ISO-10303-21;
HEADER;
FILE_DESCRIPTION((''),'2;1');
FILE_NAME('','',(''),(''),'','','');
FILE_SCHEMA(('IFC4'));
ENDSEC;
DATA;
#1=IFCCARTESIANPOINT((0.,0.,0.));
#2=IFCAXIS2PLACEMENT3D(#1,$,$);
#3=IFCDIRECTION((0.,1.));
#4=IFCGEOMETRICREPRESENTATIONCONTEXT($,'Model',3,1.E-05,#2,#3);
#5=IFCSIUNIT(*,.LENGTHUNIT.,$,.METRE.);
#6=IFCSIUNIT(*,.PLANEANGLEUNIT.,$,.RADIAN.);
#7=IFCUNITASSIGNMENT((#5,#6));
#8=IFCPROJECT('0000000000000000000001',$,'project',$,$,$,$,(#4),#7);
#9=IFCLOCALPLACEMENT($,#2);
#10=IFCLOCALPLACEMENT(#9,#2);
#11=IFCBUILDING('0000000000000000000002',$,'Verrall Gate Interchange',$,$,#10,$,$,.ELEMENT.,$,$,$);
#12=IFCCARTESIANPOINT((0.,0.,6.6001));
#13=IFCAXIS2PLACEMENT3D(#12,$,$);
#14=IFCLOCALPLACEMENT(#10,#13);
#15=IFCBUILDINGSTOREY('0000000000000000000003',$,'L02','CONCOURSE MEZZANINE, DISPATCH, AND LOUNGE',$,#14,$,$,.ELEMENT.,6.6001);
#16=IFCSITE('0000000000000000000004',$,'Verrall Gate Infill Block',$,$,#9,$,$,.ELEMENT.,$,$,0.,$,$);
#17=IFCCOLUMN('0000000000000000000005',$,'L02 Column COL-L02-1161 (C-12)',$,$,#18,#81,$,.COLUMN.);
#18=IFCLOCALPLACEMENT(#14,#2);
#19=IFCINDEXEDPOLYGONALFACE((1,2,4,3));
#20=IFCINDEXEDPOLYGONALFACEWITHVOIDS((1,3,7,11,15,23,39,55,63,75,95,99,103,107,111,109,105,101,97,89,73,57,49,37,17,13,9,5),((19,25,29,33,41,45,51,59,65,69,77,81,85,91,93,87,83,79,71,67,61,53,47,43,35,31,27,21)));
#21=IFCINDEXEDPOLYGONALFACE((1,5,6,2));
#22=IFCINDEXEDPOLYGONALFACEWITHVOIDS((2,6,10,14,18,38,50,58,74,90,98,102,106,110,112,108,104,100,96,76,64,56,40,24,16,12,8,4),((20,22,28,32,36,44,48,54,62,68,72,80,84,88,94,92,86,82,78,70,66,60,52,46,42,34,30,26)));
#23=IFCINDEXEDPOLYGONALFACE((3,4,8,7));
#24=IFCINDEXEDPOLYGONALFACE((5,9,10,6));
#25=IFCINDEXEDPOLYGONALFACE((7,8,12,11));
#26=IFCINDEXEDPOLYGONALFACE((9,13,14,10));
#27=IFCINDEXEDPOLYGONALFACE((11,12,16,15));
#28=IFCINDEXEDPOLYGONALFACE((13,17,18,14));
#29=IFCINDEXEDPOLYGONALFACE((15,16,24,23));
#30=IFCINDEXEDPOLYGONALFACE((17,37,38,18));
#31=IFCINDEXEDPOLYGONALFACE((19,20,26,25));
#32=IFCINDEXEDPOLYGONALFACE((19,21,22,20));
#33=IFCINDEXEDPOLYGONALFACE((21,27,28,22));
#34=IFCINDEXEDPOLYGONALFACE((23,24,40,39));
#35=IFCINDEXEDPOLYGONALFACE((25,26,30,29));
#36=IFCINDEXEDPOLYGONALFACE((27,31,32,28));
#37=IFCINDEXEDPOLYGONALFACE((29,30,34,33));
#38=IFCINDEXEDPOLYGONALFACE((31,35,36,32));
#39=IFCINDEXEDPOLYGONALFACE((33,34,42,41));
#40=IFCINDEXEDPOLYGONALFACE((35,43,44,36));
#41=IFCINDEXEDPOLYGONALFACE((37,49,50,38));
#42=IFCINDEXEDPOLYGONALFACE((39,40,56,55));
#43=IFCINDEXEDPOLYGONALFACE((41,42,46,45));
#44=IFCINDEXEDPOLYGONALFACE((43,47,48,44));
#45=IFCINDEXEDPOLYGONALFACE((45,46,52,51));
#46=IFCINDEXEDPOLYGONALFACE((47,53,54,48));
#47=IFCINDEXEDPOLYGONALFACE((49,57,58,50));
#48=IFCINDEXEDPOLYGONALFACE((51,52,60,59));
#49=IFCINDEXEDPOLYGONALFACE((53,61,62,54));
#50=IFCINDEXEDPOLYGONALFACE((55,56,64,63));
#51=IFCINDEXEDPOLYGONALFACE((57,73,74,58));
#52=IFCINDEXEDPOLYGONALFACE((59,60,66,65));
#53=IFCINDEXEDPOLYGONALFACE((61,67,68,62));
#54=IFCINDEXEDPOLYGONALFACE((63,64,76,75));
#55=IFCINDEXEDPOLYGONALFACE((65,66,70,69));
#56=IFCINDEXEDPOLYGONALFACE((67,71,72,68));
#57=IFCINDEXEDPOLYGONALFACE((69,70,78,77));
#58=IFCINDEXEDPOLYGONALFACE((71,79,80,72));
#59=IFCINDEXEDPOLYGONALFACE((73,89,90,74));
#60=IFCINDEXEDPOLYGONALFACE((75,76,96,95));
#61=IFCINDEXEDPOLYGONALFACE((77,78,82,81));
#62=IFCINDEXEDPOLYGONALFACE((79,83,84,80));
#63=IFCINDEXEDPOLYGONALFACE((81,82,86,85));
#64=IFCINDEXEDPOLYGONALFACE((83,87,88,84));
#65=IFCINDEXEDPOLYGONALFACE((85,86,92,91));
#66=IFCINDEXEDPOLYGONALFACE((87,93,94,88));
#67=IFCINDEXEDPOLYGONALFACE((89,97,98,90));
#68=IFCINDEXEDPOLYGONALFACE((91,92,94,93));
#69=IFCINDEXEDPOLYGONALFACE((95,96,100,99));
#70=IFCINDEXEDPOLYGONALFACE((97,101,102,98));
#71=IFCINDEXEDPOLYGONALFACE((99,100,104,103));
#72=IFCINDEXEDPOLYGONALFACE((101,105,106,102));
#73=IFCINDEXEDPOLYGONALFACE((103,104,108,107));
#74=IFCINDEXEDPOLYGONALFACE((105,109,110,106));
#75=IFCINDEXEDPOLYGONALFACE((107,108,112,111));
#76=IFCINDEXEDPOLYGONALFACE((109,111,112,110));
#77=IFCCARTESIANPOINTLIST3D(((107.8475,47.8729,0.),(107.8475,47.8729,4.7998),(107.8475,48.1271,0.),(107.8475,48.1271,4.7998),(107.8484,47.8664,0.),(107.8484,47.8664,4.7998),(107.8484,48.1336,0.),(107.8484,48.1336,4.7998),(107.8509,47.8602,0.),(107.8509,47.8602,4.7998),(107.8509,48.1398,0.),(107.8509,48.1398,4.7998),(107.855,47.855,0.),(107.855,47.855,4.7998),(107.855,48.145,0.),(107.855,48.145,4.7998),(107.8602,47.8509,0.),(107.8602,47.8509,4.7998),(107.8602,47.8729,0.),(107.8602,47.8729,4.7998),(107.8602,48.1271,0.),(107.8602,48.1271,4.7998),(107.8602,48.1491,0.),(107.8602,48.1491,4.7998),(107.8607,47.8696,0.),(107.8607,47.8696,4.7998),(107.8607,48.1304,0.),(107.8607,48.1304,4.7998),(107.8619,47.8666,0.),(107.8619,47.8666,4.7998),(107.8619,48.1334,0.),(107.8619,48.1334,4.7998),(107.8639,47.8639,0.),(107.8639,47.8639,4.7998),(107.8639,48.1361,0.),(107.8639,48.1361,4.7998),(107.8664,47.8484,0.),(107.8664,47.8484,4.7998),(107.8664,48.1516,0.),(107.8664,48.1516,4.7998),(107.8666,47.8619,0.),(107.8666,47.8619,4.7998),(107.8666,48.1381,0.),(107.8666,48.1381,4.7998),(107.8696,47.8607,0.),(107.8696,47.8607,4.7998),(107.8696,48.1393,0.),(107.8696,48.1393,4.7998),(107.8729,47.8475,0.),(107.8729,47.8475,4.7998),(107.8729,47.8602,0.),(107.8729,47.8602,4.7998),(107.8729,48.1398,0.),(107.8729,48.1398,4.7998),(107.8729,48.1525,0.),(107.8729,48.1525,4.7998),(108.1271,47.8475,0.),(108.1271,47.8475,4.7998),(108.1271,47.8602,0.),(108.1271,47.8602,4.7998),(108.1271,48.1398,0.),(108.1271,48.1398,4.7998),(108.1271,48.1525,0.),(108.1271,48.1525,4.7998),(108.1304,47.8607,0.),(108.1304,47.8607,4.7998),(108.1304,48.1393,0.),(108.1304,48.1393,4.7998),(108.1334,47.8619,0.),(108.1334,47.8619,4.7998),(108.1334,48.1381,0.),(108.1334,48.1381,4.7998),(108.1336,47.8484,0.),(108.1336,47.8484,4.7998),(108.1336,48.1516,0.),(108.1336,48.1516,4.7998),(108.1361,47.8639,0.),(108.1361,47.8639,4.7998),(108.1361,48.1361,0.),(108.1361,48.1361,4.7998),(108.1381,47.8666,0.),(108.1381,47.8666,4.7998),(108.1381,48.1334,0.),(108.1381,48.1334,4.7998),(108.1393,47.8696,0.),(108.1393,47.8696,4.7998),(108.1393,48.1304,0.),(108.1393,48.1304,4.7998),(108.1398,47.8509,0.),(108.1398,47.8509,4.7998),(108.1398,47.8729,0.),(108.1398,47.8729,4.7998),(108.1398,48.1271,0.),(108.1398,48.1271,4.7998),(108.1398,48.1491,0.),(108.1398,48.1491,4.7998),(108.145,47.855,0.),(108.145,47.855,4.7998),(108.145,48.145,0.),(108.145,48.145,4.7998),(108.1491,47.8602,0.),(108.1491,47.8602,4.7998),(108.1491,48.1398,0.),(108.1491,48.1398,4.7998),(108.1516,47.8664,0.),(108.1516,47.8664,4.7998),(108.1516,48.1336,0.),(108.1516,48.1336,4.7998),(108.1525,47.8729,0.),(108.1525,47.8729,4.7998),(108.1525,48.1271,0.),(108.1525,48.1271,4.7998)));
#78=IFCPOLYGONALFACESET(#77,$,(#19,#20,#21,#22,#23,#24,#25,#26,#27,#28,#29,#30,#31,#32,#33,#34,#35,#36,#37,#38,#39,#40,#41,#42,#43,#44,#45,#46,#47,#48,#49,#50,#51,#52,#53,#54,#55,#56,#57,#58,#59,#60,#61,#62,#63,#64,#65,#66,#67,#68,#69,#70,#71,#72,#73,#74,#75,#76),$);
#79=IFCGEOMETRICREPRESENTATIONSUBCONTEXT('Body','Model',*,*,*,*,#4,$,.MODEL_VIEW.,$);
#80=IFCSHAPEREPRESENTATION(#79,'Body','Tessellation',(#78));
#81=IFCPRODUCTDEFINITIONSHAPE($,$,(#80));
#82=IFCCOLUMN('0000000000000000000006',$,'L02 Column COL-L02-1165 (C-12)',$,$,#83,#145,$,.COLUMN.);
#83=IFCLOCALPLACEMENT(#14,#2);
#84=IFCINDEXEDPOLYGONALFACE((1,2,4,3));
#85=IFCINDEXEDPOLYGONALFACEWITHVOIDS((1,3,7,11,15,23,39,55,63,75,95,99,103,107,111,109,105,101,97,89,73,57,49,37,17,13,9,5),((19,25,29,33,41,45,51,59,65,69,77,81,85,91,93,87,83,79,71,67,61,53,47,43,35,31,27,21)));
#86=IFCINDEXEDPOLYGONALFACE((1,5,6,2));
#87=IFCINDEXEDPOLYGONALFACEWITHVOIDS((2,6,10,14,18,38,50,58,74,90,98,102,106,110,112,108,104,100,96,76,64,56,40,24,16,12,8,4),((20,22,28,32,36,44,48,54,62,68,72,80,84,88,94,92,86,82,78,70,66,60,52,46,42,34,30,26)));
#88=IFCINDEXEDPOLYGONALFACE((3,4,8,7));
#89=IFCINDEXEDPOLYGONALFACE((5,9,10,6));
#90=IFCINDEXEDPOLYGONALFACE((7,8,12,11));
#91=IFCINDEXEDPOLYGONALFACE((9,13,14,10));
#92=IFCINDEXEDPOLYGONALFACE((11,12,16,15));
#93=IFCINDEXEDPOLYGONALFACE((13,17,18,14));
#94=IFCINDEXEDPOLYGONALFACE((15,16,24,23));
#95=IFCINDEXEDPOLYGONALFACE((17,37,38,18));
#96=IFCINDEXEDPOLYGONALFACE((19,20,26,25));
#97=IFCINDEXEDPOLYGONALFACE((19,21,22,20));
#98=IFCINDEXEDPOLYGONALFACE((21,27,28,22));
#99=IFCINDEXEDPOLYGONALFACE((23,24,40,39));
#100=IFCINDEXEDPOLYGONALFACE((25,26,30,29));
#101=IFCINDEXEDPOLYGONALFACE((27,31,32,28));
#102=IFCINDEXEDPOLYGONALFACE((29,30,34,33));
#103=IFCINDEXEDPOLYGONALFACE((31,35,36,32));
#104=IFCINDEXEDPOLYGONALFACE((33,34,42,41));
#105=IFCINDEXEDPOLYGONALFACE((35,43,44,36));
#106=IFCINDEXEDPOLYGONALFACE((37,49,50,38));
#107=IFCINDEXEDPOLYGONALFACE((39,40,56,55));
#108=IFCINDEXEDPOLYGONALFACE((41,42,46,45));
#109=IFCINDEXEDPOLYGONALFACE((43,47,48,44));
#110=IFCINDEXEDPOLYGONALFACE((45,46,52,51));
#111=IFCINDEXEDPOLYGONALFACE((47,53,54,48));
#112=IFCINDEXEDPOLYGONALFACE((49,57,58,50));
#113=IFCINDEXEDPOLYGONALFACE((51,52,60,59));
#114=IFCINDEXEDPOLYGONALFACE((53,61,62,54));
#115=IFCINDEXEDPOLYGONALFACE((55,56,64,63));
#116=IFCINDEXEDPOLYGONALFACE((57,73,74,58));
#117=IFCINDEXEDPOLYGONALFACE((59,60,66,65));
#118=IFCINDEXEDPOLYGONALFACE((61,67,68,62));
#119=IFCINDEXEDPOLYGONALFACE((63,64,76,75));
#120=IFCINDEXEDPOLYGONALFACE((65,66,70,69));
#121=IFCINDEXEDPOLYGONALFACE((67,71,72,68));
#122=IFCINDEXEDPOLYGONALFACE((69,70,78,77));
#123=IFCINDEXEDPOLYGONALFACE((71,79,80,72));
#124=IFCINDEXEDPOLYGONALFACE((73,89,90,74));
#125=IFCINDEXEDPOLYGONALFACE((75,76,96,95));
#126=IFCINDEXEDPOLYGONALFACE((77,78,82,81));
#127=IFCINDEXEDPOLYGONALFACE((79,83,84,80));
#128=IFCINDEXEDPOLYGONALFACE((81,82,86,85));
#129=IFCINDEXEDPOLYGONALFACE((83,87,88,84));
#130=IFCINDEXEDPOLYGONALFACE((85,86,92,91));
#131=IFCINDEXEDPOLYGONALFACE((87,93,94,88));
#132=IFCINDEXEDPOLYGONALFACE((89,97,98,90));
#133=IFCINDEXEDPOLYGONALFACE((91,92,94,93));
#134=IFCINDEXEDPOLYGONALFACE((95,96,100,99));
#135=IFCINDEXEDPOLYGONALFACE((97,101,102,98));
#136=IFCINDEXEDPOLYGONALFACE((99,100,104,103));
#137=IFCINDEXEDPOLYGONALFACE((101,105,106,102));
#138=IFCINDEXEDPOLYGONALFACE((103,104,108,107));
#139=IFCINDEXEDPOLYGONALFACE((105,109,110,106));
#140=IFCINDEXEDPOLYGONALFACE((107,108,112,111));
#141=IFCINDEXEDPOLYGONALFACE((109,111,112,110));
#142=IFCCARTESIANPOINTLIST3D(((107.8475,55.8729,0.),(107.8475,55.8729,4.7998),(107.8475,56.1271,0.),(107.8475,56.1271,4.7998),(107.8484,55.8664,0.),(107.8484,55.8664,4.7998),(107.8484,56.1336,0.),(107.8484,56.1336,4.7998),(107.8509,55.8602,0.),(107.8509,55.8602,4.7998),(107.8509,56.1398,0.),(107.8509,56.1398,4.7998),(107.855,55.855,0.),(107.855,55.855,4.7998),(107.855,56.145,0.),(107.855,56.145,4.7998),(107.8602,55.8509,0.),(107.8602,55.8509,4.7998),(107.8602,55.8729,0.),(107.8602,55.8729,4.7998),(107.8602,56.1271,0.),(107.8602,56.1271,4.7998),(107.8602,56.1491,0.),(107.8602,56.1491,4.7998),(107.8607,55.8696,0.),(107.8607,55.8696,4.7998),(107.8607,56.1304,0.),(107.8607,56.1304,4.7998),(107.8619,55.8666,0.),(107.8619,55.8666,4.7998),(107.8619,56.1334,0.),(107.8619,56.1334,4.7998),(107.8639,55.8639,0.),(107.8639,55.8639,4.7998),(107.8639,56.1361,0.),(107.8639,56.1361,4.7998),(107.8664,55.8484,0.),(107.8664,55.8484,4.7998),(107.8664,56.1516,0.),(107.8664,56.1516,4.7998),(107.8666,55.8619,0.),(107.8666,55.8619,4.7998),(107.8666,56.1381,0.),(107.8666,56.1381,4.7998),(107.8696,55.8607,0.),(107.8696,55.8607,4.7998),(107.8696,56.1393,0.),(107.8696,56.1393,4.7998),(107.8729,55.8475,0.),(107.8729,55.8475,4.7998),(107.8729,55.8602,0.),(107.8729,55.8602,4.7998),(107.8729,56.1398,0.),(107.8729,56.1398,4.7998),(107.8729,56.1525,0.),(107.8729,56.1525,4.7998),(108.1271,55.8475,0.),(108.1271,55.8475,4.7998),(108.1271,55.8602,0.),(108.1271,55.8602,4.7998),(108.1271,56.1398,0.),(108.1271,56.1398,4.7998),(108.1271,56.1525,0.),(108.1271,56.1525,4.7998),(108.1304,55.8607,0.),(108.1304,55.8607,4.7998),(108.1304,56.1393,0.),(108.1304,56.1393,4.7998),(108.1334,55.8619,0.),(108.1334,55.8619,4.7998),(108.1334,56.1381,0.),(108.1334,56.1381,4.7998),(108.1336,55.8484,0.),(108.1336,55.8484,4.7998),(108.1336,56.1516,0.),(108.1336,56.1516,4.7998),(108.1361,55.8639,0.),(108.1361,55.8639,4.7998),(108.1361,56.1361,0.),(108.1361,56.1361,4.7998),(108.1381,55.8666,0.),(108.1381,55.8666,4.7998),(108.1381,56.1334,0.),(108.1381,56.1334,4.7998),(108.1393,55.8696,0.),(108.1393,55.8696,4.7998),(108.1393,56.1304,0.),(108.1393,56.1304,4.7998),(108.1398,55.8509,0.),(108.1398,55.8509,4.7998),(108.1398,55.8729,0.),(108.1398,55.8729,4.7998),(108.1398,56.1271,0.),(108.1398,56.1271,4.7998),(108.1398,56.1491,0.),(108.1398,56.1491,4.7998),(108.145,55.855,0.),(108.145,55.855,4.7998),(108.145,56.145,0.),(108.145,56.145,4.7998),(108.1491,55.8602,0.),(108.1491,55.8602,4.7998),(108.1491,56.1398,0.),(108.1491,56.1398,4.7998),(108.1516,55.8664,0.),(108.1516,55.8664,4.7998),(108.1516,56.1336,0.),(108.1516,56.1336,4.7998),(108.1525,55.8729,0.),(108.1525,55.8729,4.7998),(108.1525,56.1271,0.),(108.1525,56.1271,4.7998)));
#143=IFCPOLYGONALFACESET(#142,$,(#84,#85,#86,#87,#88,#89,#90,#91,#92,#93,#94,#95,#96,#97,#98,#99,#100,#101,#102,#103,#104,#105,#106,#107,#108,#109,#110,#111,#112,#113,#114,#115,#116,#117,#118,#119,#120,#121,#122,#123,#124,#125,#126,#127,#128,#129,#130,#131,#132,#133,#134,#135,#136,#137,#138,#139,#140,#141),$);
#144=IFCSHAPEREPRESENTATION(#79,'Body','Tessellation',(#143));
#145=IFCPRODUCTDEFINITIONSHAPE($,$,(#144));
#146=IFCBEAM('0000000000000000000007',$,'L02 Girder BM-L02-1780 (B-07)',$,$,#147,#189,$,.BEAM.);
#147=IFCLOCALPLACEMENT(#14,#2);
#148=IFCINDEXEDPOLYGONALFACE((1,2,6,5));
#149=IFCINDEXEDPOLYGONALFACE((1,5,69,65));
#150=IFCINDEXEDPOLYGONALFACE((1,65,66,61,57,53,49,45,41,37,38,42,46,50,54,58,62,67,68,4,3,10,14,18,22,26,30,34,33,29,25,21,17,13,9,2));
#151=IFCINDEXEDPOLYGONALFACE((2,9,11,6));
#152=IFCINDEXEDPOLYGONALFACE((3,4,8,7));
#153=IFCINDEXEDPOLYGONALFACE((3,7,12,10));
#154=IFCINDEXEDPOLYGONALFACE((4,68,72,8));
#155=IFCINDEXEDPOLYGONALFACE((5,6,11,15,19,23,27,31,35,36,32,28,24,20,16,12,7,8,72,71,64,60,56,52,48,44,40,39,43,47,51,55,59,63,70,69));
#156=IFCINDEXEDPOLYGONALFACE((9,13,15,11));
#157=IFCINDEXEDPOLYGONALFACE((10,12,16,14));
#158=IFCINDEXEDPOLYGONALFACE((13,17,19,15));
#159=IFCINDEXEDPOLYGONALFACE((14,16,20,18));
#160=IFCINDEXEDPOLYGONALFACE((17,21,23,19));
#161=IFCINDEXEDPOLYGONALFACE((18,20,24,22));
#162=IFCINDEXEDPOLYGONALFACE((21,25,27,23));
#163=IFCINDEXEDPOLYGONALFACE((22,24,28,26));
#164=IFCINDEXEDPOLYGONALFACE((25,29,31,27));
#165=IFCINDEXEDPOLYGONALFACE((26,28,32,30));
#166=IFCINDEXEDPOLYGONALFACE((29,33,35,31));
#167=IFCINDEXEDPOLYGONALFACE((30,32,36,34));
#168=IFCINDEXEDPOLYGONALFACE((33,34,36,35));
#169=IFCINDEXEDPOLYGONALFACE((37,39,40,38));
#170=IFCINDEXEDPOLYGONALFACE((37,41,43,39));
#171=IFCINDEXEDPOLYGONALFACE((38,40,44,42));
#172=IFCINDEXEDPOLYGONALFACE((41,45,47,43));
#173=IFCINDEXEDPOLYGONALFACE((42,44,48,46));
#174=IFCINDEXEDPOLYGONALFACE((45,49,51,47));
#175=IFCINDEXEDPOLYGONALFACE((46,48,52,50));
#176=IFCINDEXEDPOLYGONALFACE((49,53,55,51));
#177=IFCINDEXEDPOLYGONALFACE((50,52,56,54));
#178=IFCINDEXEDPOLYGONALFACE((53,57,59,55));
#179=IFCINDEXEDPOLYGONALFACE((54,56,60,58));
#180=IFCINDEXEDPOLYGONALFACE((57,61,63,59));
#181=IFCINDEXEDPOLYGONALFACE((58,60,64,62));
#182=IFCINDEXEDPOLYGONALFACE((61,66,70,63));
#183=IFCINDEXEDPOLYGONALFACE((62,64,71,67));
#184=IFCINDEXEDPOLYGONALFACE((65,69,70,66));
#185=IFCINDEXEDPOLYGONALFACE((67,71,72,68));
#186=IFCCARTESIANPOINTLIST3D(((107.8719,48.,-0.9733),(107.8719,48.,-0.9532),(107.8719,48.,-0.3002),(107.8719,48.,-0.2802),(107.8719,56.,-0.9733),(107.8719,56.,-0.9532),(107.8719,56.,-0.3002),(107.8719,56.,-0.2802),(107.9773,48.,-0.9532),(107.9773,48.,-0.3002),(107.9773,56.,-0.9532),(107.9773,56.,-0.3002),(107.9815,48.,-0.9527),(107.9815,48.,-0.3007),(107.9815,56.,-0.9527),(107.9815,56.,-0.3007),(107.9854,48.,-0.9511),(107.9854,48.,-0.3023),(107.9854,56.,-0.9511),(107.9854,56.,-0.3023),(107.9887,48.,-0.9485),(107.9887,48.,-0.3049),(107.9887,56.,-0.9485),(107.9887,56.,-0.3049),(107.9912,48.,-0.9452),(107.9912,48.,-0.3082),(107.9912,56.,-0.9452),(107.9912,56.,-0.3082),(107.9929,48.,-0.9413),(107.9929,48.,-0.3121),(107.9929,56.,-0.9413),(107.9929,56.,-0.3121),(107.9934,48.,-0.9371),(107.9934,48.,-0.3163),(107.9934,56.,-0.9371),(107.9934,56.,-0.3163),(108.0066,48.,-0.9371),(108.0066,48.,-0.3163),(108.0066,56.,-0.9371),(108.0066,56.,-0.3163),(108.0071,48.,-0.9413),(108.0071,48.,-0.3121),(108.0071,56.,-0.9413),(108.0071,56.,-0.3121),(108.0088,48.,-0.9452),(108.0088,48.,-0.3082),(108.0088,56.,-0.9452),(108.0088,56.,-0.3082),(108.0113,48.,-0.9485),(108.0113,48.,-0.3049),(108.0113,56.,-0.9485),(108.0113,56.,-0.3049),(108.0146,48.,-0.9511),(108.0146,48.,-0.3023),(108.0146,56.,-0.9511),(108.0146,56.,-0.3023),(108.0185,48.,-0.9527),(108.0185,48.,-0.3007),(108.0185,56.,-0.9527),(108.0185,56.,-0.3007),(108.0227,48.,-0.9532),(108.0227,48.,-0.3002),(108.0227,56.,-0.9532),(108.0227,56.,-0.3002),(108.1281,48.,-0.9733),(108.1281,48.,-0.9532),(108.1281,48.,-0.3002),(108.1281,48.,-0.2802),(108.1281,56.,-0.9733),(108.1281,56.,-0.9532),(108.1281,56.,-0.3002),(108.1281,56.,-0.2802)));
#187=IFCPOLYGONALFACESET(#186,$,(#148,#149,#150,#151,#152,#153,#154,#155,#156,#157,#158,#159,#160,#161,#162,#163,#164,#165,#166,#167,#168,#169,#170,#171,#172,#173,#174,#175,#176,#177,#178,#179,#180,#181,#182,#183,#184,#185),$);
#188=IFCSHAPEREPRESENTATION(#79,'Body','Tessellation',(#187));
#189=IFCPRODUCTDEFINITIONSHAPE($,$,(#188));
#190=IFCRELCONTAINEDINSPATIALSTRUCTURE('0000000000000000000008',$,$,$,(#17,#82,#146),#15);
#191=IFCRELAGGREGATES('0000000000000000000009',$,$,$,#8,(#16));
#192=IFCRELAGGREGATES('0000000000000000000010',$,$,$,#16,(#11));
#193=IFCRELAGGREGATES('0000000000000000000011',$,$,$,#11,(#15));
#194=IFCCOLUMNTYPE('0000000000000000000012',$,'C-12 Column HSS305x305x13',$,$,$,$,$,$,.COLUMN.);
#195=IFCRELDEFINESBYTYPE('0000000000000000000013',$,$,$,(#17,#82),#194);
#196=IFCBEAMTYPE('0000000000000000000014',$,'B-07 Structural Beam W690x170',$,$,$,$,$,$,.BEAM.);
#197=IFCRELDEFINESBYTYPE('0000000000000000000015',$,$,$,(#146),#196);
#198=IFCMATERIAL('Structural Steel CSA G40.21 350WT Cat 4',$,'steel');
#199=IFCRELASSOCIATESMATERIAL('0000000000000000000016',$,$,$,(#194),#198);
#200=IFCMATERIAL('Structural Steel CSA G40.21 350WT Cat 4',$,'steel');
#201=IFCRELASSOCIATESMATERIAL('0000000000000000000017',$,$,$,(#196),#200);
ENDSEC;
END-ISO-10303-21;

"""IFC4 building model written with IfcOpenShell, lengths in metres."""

from ifc_helpers import new_model, si_unit, direction, frame, origin, origin_2d, place, context, subcontext, project, spatial, hollow_rectangle, i_section, extrude, material, material_profile, profile_set, type_object, element, save


model = new_model("IFC4")

# Units and contexts
model_context = context("Model", 3, precision=1e-05, world=origin(), true_north=direction((0.0, 1.0)))
body_context = subcontext(model_context, "Body", "Model", "MODEL_VIEW")
ifc_project = project(units=[si_unit("LENGTHUNIT", "METRE"), si_unit("PLANEANGLEUNIT", "RADIAN")], contexts=[model_context])

# Site, building, storey
site_placement = place(None, origin())
site = spatial("IfcSite", under=ifc_project, at=site_placement, Name="Verrall Gate Infill Block", CompositionType="ELEMENT", RefElevation=0.0)
building_placement = place(site_placement, origin())
building = spatial("IfcBuilding", under=site, at=building_placement, Name="Verrall Gate Interchange", CompositionType="ELEMENT")
storey_placement = place(building_placement, frame((0.0, 0.0, 6.6001)))
storey = spatial("IfcBuildingStorey", under=building, at=storey_placement, Name="L02", Description="CONCOURSE MEZZANINE, DISPATCH, AND LOUNGE", CompositionType="ELEMENT", Elevation=6.6001)

# Columns
ifc_material_1 = material(Name="Structural Steel CSA G40.21 350WT Cat 4", Category="steel")
ifc_material_profile_1 = material_profile(ifc_material_1, hollow_rectangle(XDim=0.3049, YDim=0.3049, WallThickness=0.0127, InnerFilletRadius=0.0127, OuterFilletRadius=0.0254, at=origin_2d()), Name="HSS305x305x13")
ifc_profile_set_1 = profile_set([ifc_material_profile_1], Name="Structural Steel CSA G40.21 350WT Cat 4")
column_type = type_object("IfcColumnType", Name="C-12 Column HSS305x305x13", PredefinedType="COLUMN", material=ifc_profile_set_1)
for number, where, z_axis, x_axis, name in (
    (1, (108.0, 48.0, 0.0), (0.0, 0.0, 1.0), (1.0, 0.0, 0.0), "L02 Column COL-L02-1161 (C-12)"),
    (2, (108.0, 56.0, 0.0), (0.0, 0.0, 1.0), (1.0, 0.0, 0.0), "L02 Column COL-L02-1165 (C-12)"),
):
    element("IfcColumn", number, at=place(storey_placement, frame(where, z_axis=z_axis, x_axis=x_axis)), inside=storey, type_object=column_type, Name=name, PredefinedType="COLUMN", context=body_context, shape_type="SweptSolid", body=[
        extrude(hollow_rectangle(XDim=0.3049, YDim=0.3049, WallThickness=0.0127, InnerFilletRadius=0.0127, OuterFilletRadius=0.0254, at=origin_2d()), origin(), (0.0, 0.0, 1.0), 4.7998),
    ])

# Beam
ifc_material_2 = material(Name="Structural Steel CSA G40.21 350WT Cat 4", Category="steel")
ifc_material_profile_2 = material_profile(ifc_material_2, i_section(OverallWidth=0.2561, OverallDepth=0.6931, WebThickness=0.0132, FlangeThickness=0.02, FilletRadius=0.0161, at=origin_2d()), Name="W690x170")
ifc_profile_set_2 = profile_set([ifc_material_profile_2], Name="Structural Steel CSA G40.21 350WT Cat 4")
beam_type_1 = type_object("IfcBeamType", Name="B-07 Structural Beam W690x170", PredefinedType="BEAM", material=ifc_profile_set_2)
beam_1_placement = place(storey_placement, frame((108.0, 48.0, -0.6267), z_axis=(0.0, 1.0, 0.0), x_axis=(-1.0, 0.0, 0.0)))
element("IfcBeam", 3, at=beam_1_placement, inside=storey, type_object=beam_type_1, Name="L02 Girder BM-L02-1780 (B-07)", PredefinedType="BEAM", context=body_context, shape_type="SweptSolid", body=[
    extrude(i_section(OverallWidth=0.2561, OverallDepth=0.6931, WebThickness=0.0132, FlangeThickness=0.02, FilletRadius=0.0161, at=origin_2d()), origin(), (0.0, 0.0, 1.0), 8.0),
])

save(model, "model.ifc")
